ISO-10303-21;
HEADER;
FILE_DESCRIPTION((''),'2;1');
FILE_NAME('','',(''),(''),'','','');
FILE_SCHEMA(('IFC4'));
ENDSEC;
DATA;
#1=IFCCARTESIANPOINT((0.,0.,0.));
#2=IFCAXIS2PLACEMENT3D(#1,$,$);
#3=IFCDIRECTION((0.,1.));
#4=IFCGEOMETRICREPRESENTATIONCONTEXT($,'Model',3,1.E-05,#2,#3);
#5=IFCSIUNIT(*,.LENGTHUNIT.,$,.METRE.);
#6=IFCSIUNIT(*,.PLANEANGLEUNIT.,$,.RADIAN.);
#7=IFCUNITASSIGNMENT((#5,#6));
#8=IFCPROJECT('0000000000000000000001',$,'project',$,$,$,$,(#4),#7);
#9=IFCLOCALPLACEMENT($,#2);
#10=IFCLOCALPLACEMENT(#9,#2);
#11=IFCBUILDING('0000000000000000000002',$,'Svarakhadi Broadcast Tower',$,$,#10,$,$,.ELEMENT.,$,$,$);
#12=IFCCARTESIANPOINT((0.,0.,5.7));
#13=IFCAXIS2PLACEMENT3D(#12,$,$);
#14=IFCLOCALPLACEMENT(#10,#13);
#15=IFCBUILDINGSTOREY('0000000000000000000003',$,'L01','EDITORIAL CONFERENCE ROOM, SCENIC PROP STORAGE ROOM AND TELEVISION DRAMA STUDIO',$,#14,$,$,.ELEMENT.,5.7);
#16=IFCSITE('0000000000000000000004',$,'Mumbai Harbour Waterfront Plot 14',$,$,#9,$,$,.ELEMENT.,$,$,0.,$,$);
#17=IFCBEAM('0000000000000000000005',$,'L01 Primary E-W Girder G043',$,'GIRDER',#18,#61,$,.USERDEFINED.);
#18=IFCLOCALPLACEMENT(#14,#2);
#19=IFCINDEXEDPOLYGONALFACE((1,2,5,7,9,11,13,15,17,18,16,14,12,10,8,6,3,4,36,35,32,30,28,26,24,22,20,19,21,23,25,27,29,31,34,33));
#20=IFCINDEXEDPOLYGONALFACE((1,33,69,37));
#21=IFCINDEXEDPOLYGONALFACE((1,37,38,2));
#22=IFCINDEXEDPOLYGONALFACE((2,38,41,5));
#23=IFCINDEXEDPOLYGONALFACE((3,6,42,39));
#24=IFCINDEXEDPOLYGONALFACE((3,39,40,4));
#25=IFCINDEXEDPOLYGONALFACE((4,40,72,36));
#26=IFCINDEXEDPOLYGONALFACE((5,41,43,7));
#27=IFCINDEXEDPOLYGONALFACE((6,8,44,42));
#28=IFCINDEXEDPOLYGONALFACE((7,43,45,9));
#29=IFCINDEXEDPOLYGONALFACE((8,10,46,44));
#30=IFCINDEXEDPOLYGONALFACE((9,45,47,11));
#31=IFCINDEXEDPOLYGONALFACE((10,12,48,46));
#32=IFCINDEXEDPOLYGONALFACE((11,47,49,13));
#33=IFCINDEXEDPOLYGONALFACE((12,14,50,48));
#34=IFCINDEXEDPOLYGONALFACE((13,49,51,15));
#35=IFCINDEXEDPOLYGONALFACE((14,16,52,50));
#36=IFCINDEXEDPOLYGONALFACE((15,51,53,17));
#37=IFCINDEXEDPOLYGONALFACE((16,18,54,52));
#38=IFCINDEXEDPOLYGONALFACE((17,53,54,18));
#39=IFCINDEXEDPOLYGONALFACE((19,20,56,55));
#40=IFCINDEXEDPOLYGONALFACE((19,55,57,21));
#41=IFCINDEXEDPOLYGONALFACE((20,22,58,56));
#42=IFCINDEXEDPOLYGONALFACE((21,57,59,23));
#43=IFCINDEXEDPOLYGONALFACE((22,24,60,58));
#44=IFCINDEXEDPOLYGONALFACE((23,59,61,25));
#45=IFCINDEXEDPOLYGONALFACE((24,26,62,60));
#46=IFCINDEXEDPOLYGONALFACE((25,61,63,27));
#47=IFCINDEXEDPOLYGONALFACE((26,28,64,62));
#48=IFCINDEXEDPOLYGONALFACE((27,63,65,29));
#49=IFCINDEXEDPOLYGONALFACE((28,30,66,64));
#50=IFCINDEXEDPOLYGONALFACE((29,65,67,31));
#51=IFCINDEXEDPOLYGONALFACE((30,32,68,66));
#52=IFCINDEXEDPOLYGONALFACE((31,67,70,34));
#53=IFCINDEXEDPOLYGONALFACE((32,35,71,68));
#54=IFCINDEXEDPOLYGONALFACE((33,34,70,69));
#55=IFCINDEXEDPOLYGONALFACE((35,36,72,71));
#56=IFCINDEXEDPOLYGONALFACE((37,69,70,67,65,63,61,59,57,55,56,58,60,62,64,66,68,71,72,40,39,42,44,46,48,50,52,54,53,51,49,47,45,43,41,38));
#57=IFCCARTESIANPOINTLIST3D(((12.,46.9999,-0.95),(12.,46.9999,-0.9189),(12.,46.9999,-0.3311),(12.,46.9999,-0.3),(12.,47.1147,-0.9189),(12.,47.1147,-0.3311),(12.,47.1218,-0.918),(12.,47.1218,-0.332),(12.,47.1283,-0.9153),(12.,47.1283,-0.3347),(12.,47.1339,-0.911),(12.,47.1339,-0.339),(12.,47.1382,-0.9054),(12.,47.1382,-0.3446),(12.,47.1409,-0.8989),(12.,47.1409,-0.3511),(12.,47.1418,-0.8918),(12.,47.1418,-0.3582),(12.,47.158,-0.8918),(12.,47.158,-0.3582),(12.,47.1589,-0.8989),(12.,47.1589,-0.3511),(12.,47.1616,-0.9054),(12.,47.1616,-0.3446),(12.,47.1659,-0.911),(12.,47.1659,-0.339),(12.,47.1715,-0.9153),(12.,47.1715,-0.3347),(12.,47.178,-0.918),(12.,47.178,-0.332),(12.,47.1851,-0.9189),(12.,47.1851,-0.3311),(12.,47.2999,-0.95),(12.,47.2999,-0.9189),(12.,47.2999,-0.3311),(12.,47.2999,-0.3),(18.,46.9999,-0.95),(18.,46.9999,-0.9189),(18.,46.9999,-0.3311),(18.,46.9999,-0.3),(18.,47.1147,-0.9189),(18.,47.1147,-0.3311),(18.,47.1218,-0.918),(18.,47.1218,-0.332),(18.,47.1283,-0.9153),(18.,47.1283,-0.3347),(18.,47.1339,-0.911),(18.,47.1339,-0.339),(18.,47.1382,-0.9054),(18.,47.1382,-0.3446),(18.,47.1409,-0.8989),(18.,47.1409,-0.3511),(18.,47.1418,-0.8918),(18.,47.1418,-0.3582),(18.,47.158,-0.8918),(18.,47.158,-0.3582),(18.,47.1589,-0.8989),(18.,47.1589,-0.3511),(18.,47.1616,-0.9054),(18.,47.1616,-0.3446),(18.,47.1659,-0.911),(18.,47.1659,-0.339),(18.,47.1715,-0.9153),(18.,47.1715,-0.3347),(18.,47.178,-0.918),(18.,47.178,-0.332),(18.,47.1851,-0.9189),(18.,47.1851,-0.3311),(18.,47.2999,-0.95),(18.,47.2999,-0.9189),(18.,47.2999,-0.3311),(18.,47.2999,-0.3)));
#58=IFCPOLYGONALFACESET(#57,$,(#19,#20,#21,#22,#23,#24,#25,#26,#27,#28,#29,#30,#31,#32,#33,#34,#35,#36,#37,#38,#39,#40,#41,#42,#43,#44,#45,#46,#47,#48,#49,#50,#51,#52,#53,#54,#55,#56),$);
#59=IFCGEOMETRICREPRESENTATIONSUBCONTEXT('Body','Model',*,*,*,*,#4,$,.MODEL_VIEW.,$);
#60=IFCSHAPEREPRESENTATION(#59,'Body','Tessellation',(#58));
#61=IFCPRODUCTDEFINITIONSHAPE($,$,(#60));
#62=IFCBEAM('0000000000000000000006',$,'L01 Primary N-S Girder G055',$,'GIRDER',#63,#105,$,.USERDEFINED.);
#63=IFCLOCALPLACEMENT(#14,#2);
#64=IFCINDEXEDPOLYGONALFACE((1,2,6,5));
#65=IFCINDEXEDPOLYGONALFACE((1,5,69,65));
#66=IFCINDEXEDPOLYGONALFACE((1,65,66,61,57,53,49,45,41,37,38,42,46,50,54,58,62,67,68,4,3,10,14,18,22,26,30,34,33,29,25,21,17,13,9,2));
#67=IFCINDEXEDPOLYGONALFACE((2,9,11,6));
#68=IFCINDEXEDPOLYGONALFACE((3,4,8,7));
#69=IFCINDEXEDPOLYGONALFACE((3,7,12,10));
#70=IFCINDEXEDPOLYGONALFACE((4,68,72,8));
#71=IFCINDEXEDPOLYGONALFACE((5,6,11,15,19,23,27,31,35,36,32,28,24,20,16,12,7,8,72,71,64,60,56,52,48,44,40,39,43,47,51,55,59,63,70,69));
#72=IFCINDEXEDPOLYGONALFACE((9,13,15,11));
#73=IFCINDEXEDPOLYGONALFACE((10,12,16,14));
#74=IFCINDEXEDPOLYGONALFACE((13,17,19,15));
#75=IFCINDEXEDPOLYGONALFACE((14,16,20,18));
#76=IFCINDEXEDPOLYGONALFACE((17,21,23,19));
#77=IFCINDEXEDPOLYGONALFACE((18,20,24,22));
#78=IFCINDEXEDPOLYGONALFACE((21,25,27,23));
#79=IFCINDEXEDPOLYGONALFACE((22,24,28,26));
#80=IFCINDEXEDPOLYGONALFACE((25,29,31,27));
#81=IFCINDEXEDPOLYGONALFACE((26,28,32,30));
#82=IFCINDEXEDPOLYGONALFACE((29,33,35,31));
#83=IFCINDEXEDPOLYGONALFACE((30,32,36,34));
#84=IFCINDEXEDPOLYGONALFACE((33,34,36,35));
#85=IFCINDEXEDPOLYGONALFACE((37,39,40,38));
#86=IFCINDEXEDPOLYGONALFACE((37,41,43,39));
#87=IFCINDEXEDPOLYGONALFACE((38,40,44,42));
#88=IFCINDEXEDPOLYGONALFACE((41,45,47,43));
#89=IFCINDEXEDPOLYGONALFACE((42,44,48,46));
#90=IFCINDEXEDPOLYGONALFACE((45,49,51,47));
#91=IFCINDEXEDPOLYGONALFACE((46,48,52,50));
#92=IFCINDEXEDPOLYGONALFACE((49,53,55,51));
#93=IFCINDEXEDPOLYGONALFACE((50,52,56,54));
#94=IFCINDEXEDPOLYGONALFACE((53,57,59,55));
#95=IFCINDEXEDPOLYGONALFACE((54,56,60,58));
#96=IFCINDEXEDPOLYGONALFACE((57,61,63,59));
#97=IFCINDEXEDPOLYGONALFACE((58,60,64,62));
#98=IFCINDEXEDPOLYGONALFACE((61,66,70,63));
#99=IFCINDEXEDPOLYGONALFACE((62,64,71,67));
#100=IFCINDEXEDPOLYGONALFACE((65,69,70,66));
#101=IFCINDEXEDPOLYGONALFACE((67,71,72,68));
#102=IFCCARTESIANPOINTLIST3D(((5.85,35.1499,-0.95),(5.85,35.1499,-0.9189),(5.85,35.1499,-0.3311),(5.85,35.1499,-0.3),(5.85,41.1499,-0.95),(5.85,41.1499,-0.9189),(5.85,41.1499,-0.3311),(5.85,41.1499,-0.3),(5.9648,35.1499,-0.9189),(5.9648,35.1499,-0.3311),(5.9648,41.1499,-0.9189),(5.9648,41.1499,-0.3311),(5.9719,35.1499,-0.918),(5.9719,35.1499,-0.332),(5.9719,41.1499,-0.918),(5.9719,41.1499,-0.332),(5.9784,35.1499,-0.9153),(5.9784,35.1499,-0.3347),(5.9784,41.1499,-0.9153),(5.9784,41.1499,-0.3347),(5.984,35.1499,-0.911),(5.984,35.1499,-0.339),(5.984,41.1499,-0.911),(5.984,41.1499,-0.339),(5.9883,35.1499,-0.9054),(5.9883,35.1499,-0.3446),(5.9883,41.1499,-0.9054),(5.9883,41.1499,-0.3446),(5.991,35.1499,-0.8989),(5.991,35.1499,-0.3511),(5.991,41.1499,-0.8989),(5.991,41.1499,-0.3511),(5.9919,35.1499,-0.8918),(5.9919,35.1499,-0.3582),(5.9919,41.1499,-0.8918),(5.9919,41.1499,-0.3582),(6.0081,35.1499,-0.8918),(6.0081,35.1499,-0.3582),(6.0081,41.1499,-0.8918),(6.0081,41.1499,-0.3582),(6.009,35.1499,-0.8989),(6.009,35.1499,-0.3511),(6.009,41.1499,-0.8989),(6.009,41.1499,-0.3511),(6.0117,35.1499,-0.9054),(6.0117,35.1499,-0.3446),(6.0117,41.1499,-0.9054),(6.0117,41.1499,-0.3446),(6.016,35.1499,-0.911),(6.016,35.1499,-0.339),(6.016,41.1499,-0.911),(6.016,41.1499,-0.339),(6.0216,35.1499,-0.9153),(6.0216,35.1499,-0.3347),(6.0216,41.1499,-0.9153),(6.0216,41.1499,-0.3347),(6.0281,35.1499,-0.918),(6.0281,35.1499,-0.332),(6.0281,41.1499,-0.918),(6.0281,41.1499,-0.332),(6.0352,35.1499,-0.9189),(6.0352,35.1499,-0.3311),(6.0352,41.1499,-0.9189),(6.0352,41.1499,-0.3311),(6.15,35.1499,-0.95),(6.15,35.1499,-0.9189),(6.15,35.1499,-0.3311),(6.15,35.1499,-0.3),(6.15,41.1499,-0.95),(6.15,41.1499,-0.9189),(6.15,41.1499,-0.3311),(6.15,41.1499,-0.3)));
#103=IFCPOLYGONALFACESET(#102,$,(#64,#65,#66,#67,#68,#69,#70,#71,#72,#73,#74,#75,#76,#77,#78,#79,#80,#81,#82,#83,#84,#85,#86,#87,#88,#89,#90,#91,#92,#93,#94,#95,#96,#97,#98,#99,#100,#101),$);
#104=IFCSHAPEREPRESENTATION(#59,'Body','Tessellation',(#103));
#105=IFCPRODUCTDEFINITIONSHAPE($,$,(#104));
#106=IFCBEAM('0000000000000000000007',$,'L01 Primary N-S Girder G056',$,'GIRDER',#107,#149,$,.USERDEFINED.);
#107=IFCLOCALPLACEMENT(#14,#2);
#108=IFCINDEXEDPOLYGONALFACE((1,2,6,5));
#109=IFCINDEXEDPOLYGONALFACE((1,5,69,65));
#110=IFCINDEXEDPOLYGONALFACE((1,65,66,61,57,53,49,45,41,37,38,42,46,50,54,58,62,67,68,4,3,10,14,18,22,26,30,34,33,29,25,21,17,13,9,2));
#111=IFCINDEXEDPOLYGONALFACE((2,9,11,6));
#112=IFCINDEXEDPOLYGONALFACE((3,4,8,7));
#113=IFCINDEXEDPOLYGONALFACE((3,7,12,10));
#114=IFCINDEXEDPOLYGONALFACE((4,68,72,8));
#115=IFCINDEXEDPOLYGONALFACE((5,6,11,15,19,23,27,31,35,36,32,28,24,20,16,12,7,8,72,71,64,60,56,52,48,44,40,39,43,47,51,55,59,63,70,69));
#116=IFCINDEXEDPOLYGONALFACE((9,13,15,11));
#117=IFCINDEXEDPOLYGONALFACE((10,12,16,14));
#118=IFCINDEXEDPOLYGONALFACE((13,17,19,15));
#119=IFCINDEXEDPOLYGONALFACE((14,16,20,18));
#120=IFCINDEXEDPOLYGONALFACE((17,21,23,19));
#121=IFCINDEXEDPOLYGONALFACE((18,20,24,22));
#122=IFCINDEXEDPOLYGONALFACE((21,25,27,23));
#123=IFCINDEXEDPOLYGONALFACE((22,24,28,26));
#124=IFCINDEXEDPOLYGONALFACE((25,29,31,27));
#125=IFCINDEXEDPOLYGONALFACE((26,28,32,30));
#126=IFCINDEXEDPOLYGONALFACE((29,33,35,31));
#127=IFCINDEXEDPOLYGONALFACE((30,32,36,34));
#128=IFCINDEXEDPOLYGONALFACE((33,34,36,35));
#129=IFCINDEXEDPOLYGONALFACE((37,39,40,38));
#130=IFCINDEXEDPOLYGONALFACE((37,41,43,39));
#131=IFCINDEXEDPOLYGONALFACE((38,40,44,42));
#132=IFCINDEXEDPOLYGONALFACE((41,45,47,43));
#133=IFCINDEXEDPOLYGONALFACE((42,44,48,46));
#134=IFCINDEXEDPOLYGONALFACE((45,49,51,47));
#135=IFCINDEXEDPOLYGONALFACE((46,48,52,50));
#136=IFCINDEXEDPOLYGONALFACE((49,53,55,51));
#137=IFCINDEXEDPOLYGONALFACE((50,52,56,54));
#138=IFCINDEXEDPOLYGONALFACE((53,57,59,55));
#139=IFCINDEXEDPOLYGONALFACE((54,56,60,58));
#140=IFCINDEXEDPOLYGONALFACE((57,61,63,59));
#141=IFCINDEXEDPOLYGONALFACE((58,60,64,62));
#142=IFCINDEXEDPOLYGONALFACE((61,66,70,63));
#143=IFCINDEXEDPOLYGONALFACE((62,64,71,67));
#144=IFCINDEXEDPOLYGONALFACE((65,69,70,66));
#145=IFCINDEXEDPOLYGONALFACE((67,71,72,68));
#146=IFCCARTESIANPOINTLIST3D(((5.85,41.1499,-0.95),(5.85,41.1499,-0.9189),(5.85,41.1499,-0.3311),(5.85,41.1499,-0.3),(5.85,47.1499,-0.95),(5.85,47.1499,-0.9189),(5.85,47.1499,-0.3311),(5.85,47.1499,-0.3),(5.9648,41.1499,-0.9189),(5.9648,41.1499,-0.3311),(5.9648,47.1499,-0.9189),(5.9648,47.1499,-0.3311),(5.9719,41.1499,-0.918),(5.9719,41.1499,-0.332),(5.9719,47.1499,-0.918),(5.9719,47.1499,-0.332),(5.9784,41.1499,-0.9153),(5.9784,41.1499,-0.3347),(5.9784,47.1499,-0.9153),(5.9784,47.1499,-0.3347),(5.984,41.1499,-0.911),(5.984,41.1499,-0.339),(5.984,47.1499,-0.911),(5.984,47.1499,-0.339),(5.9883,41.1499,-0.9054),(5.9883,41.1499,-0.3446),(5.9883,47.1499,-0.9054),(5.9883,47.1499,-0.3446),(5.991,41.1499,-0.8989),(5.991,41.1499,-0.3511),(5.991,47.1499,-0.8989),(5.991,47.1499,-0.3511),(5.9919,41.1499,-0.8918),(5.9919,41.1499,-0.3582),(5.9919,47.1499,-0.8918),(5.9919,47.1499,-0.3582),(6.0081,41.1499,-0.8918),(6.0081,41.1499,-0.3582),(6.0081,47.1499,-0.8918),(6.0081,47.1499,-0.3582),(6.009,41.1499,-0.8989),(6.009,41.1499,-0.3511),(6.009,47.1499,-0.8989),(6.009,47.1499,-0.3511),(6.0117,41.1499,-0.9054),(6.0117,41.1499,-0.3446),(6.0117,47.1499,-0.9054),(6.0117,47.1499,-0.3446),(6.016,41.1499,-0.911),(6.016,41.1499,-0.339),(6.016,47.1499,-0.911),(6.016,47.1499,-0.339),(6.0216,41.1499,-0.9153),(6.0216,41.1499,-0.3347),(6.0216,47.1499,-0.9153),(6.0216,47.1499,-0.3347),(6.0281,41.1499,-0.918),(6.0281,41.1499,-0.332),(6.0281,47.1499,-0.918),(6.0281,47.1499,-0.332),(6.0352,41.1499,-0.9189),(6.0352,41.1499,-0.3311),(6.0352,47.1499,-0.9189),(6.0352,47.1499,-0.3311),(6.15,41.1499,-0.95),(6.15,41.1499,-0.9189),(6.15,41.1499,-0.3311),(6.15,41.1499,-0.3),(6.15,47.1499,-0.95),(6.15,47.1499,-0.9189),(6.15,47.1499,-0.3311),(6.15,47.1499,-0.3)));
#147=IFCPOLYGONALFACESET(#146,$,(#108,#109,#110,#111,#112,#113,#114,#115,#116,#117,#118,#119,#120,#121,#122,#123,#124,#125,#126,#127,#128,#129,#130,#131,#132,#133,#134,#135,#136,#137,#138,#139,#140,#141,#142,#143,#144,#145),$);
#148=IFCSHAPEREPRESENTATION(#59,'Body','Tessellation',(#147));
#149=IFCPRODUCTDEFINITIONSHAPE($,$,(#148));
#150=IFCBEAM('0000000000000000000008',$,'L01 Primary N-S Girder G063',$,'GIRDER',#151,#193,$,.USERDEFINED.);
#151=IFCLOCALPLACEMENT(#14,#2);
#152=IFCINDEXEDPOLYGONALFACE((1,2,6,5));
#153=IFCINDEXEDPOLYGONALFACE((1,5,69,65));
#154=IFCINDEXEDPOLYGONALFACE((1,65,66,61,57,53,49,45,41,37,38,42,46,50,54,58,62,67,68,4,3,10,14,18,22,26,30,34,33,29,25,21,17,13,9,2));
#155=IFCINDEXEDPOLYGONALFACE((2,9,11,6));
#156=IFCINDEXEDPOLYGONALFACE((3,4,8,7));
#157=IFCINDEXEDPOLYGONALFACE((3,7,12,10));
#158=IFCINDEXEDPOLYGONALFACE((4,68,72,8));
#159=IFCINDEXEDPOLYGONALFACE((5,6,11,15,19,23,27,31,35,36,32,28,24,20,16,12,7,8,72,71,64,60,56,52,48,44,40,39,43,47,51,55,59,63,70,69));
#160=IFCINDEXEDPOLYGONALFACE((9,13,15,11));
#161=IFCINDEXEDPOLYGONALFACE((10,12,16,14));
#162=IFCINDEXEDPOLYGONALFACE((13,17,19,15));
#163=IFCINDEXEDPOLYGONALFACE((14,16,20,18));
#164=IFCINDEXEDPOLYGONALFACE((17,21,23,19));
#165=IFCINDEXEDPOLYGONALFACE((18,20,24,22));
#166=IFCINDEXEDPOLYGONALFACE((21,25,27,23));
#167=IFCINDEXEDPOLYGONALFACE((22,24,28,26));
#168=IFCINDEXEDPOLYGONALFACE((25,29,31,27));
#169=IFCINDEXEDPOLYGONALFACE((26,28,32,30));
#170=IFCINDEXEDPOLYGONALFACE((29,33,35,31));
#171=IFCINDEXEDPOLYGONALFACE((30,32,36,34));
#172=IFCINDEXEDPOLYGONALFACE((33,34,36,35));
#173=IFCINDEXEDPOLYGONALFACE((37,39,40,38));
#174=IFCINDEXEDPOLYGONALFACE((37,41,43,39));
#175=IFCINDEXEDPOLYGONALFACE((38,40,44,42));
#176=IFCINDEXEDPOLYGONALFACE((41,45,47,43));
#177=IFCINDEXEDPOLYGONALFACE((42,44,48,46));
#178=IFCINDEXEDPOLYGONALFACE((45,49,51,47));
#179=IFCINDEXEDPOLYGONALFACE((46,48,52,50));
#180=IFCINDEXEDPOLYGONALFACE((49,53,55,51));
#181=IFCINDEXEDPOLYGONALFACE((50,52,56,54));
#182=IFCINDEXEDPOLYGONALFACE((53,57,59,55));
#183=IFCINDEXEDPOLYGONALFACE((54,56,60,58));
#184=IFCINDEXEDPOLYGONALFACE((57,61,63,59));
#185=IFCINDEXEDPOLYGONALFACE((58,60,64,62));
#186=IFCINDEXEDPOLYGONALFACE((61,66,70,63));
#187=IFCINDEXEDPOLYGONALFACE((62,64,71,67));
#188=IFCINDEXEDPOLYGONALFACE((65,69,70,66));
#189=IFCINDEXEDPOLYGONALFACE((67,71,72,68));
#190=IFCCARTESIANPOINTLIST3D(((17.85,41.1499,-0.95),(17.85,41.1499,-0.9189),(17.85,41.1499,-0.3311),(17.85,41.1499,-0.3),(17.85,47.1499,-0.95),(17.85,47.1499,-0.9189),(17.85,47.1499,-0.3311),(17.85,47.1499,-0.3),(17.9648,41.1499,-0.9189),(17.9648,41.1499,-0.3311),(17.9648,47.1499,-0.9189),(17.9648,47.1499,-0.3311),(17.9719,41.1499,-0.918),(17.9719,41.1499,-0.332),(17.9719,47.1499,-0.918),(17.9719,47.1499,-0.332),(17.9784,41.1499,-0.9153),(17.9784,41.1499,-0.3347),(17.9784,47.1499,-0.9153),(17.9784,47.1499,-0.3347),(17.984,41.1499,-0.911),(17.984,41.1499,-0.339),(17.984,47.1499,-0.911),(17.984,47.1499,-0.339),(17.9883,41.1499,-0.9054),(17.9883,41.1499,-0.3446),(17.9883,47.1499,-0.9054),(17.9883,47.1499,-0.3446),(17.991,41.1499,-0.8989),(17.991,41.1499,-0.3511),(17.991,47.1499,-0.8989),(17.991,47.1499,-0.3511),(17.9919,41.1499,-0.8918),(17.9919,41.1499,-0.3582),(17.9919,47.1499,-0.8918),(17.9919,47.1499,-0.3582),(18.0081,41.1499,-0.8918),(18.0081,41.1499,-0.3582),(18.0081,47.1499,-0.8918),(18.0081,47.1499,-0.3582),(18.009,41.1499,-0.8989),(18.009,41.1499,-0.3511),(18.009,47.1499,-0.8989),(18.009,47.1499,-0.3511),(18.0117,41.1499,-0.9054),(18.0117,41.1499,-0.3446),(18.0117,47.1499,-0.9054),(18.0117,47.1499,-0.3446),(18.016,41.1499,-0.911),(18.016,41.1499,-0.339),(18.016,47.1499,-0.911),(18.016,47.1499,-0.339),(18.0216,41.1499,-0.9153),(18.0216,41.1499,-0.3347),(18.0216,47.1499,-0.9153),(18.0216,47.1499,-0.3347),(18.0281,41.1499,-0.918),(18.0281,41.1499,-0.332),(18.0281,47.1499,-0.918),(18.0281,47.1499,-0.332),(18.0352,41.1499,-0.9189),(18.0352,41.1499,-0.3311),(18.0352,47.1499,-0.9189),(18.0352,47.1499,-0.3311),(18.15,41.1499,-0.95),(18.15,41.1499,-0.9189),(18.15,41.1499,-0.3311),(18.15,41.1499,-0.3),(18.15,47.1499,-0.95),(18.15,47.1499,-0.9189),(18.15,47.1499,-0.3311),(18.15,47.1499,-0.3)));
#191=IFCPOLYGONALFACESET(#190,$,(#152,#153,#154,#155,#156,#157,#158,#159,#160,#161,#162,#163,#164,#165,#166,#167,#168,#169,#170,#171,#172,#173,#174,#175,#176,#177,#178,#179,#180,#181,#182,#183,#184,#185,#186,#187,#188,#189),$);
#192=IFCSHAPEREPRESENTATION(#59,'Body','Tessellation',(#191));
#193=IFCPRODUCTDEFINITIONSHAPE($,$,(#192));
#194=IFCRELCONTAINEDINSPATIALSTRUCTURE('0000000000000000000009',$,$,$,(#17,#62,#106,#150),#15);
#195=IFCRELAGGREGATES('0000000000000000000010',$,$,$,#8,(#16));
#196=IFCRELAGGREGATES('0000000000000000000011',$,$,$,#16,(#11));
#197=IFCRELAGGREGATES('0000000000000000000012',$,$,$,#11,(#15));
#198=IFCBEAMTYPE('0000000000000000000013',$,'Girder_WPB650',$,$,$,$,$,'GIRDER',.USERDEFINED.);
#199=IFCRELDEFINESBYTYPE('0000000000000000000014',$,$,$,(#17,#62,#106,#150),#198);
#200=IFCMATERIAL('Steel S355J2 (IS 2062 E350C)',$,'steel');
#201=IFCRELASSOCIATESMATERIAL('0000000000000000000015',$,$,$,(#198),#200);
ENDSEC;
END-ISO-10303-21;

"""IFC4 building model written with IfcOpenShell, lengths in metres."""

from ifc_helpers import new_model, si_unit, direction, frame, origin, origin_2d, place, context, subcontext, project, spatial, i_section, extrude, material, material_profile, profile_set, type_object, element, save


model = new_model("IFC4")

# Units and contexts
model_context = context("Model", 3, precision=1e-05, world=origin(), true_north=direction((0.0, 1.0)))
body_context = subcontext(model_context, "Body", "Model", "MODEL_VIEW")
ifc_project = project(units=[si_unit("LENGTHUNIT", "METRE"), si_unit("PLANEANGLEUNIT", "RADIAN")], contexts=[model_context])

# Site, building, storey
site_placement = place(None, origin())
site = spatial("IfcSite", under=ifc_project, at=site_placement, Name="Mumbai Harbour Waterfront Plot 14", CompositionType="ELEMENT", RefElevation=0.0)
building_placement = place(site_placement, origin())
building = spatial("IfcBuilding", under=site, at=building_placement, Name="Svarakhadi Broadcast Tower", CompositionType="ELEMENT")
storey_placement = place(building_placement, frame((0.0, 0.0, 5.7)))
storey = spatial("IfcBuildingStorey", under=building, at=storey_placement, Name="L01", Description="EDITORIAL CONFERENCE ROOM, SCENIC PROP STORAGE ROOM AND TELEVISION DRAMA STUDIO", CompositionType="ELEMENT", Elevation=5.7)

# Shared definitions
ifc_material_1 = material(Name="Steel S355J2 (IS 2062 E350C)", Category="steel")

# Beams
ifc_material_profile_1 = material_profile(ifc_material_1, i_section(OverallWidth=0.3, OverallDepth=0.6499, WebThickness=0.0161, FlangeThickness=0.031, FilletRadius=0.0271, at=origin_2d()), Name="WPB 650x300x225")
ifc_profile_set_1 = profile_set([ifc_material_profile_1], Name="Steel S355J2 (IS 2062 E350C)")
beam_type_1 = type_object("IfcBeamType", Name="Girder_WPB650", ElementType="GIRDER", PredefinedType="USERDEFINED", material=ifc_profile_set_1)
for number, where, z_axis, x_axis, name in (
    (1, (12.0, 47.1499, -0.625), (1.0, 0.0, 0.0), (0.0, 1.0, 0.0), "L01 Primary E-W Girder G043"),
    (2, (6.0, 35.1499, -0.625), (0.0, 1.0, 0.0), (-1.0, 0.0, 0.0), "L01 Primary N-S Girder G055"),
    (3, (6.0, 41.1499, -0.625), (0.0, 1.0, 0.0), (-1.0, 0.0, 0.0), "L01 Primary N-S Girder G056"),
    (4, (18.0, 41.1499, -0.625), (0.0, 1.0, 0.0), (-1.0, 0.0, 0.0), "L01 Primary N-S Girder G063"),
):
    element("IfcBeam", number, at=place(storey_placement, frame(where, z_axis=z_axis, x_axis=x_axis)), inside=storey, type_object=beam_type_1, Name=name, ObjectType="GIRDER", PredefinedType="USERDEFINED", context=body_context, shape_type="SweptSolid", body=[
        extrude(i_section(OverallWidth=0.3, OverallDepth=0.6499, WebThickness=0.0161, FlangeThickness=0.031, FilletRadius=0.0271, at=origin_2d()), origin(), (0.0, 0.0, 1.0), 6.0),
    ])

save(model, "model.ifc")
